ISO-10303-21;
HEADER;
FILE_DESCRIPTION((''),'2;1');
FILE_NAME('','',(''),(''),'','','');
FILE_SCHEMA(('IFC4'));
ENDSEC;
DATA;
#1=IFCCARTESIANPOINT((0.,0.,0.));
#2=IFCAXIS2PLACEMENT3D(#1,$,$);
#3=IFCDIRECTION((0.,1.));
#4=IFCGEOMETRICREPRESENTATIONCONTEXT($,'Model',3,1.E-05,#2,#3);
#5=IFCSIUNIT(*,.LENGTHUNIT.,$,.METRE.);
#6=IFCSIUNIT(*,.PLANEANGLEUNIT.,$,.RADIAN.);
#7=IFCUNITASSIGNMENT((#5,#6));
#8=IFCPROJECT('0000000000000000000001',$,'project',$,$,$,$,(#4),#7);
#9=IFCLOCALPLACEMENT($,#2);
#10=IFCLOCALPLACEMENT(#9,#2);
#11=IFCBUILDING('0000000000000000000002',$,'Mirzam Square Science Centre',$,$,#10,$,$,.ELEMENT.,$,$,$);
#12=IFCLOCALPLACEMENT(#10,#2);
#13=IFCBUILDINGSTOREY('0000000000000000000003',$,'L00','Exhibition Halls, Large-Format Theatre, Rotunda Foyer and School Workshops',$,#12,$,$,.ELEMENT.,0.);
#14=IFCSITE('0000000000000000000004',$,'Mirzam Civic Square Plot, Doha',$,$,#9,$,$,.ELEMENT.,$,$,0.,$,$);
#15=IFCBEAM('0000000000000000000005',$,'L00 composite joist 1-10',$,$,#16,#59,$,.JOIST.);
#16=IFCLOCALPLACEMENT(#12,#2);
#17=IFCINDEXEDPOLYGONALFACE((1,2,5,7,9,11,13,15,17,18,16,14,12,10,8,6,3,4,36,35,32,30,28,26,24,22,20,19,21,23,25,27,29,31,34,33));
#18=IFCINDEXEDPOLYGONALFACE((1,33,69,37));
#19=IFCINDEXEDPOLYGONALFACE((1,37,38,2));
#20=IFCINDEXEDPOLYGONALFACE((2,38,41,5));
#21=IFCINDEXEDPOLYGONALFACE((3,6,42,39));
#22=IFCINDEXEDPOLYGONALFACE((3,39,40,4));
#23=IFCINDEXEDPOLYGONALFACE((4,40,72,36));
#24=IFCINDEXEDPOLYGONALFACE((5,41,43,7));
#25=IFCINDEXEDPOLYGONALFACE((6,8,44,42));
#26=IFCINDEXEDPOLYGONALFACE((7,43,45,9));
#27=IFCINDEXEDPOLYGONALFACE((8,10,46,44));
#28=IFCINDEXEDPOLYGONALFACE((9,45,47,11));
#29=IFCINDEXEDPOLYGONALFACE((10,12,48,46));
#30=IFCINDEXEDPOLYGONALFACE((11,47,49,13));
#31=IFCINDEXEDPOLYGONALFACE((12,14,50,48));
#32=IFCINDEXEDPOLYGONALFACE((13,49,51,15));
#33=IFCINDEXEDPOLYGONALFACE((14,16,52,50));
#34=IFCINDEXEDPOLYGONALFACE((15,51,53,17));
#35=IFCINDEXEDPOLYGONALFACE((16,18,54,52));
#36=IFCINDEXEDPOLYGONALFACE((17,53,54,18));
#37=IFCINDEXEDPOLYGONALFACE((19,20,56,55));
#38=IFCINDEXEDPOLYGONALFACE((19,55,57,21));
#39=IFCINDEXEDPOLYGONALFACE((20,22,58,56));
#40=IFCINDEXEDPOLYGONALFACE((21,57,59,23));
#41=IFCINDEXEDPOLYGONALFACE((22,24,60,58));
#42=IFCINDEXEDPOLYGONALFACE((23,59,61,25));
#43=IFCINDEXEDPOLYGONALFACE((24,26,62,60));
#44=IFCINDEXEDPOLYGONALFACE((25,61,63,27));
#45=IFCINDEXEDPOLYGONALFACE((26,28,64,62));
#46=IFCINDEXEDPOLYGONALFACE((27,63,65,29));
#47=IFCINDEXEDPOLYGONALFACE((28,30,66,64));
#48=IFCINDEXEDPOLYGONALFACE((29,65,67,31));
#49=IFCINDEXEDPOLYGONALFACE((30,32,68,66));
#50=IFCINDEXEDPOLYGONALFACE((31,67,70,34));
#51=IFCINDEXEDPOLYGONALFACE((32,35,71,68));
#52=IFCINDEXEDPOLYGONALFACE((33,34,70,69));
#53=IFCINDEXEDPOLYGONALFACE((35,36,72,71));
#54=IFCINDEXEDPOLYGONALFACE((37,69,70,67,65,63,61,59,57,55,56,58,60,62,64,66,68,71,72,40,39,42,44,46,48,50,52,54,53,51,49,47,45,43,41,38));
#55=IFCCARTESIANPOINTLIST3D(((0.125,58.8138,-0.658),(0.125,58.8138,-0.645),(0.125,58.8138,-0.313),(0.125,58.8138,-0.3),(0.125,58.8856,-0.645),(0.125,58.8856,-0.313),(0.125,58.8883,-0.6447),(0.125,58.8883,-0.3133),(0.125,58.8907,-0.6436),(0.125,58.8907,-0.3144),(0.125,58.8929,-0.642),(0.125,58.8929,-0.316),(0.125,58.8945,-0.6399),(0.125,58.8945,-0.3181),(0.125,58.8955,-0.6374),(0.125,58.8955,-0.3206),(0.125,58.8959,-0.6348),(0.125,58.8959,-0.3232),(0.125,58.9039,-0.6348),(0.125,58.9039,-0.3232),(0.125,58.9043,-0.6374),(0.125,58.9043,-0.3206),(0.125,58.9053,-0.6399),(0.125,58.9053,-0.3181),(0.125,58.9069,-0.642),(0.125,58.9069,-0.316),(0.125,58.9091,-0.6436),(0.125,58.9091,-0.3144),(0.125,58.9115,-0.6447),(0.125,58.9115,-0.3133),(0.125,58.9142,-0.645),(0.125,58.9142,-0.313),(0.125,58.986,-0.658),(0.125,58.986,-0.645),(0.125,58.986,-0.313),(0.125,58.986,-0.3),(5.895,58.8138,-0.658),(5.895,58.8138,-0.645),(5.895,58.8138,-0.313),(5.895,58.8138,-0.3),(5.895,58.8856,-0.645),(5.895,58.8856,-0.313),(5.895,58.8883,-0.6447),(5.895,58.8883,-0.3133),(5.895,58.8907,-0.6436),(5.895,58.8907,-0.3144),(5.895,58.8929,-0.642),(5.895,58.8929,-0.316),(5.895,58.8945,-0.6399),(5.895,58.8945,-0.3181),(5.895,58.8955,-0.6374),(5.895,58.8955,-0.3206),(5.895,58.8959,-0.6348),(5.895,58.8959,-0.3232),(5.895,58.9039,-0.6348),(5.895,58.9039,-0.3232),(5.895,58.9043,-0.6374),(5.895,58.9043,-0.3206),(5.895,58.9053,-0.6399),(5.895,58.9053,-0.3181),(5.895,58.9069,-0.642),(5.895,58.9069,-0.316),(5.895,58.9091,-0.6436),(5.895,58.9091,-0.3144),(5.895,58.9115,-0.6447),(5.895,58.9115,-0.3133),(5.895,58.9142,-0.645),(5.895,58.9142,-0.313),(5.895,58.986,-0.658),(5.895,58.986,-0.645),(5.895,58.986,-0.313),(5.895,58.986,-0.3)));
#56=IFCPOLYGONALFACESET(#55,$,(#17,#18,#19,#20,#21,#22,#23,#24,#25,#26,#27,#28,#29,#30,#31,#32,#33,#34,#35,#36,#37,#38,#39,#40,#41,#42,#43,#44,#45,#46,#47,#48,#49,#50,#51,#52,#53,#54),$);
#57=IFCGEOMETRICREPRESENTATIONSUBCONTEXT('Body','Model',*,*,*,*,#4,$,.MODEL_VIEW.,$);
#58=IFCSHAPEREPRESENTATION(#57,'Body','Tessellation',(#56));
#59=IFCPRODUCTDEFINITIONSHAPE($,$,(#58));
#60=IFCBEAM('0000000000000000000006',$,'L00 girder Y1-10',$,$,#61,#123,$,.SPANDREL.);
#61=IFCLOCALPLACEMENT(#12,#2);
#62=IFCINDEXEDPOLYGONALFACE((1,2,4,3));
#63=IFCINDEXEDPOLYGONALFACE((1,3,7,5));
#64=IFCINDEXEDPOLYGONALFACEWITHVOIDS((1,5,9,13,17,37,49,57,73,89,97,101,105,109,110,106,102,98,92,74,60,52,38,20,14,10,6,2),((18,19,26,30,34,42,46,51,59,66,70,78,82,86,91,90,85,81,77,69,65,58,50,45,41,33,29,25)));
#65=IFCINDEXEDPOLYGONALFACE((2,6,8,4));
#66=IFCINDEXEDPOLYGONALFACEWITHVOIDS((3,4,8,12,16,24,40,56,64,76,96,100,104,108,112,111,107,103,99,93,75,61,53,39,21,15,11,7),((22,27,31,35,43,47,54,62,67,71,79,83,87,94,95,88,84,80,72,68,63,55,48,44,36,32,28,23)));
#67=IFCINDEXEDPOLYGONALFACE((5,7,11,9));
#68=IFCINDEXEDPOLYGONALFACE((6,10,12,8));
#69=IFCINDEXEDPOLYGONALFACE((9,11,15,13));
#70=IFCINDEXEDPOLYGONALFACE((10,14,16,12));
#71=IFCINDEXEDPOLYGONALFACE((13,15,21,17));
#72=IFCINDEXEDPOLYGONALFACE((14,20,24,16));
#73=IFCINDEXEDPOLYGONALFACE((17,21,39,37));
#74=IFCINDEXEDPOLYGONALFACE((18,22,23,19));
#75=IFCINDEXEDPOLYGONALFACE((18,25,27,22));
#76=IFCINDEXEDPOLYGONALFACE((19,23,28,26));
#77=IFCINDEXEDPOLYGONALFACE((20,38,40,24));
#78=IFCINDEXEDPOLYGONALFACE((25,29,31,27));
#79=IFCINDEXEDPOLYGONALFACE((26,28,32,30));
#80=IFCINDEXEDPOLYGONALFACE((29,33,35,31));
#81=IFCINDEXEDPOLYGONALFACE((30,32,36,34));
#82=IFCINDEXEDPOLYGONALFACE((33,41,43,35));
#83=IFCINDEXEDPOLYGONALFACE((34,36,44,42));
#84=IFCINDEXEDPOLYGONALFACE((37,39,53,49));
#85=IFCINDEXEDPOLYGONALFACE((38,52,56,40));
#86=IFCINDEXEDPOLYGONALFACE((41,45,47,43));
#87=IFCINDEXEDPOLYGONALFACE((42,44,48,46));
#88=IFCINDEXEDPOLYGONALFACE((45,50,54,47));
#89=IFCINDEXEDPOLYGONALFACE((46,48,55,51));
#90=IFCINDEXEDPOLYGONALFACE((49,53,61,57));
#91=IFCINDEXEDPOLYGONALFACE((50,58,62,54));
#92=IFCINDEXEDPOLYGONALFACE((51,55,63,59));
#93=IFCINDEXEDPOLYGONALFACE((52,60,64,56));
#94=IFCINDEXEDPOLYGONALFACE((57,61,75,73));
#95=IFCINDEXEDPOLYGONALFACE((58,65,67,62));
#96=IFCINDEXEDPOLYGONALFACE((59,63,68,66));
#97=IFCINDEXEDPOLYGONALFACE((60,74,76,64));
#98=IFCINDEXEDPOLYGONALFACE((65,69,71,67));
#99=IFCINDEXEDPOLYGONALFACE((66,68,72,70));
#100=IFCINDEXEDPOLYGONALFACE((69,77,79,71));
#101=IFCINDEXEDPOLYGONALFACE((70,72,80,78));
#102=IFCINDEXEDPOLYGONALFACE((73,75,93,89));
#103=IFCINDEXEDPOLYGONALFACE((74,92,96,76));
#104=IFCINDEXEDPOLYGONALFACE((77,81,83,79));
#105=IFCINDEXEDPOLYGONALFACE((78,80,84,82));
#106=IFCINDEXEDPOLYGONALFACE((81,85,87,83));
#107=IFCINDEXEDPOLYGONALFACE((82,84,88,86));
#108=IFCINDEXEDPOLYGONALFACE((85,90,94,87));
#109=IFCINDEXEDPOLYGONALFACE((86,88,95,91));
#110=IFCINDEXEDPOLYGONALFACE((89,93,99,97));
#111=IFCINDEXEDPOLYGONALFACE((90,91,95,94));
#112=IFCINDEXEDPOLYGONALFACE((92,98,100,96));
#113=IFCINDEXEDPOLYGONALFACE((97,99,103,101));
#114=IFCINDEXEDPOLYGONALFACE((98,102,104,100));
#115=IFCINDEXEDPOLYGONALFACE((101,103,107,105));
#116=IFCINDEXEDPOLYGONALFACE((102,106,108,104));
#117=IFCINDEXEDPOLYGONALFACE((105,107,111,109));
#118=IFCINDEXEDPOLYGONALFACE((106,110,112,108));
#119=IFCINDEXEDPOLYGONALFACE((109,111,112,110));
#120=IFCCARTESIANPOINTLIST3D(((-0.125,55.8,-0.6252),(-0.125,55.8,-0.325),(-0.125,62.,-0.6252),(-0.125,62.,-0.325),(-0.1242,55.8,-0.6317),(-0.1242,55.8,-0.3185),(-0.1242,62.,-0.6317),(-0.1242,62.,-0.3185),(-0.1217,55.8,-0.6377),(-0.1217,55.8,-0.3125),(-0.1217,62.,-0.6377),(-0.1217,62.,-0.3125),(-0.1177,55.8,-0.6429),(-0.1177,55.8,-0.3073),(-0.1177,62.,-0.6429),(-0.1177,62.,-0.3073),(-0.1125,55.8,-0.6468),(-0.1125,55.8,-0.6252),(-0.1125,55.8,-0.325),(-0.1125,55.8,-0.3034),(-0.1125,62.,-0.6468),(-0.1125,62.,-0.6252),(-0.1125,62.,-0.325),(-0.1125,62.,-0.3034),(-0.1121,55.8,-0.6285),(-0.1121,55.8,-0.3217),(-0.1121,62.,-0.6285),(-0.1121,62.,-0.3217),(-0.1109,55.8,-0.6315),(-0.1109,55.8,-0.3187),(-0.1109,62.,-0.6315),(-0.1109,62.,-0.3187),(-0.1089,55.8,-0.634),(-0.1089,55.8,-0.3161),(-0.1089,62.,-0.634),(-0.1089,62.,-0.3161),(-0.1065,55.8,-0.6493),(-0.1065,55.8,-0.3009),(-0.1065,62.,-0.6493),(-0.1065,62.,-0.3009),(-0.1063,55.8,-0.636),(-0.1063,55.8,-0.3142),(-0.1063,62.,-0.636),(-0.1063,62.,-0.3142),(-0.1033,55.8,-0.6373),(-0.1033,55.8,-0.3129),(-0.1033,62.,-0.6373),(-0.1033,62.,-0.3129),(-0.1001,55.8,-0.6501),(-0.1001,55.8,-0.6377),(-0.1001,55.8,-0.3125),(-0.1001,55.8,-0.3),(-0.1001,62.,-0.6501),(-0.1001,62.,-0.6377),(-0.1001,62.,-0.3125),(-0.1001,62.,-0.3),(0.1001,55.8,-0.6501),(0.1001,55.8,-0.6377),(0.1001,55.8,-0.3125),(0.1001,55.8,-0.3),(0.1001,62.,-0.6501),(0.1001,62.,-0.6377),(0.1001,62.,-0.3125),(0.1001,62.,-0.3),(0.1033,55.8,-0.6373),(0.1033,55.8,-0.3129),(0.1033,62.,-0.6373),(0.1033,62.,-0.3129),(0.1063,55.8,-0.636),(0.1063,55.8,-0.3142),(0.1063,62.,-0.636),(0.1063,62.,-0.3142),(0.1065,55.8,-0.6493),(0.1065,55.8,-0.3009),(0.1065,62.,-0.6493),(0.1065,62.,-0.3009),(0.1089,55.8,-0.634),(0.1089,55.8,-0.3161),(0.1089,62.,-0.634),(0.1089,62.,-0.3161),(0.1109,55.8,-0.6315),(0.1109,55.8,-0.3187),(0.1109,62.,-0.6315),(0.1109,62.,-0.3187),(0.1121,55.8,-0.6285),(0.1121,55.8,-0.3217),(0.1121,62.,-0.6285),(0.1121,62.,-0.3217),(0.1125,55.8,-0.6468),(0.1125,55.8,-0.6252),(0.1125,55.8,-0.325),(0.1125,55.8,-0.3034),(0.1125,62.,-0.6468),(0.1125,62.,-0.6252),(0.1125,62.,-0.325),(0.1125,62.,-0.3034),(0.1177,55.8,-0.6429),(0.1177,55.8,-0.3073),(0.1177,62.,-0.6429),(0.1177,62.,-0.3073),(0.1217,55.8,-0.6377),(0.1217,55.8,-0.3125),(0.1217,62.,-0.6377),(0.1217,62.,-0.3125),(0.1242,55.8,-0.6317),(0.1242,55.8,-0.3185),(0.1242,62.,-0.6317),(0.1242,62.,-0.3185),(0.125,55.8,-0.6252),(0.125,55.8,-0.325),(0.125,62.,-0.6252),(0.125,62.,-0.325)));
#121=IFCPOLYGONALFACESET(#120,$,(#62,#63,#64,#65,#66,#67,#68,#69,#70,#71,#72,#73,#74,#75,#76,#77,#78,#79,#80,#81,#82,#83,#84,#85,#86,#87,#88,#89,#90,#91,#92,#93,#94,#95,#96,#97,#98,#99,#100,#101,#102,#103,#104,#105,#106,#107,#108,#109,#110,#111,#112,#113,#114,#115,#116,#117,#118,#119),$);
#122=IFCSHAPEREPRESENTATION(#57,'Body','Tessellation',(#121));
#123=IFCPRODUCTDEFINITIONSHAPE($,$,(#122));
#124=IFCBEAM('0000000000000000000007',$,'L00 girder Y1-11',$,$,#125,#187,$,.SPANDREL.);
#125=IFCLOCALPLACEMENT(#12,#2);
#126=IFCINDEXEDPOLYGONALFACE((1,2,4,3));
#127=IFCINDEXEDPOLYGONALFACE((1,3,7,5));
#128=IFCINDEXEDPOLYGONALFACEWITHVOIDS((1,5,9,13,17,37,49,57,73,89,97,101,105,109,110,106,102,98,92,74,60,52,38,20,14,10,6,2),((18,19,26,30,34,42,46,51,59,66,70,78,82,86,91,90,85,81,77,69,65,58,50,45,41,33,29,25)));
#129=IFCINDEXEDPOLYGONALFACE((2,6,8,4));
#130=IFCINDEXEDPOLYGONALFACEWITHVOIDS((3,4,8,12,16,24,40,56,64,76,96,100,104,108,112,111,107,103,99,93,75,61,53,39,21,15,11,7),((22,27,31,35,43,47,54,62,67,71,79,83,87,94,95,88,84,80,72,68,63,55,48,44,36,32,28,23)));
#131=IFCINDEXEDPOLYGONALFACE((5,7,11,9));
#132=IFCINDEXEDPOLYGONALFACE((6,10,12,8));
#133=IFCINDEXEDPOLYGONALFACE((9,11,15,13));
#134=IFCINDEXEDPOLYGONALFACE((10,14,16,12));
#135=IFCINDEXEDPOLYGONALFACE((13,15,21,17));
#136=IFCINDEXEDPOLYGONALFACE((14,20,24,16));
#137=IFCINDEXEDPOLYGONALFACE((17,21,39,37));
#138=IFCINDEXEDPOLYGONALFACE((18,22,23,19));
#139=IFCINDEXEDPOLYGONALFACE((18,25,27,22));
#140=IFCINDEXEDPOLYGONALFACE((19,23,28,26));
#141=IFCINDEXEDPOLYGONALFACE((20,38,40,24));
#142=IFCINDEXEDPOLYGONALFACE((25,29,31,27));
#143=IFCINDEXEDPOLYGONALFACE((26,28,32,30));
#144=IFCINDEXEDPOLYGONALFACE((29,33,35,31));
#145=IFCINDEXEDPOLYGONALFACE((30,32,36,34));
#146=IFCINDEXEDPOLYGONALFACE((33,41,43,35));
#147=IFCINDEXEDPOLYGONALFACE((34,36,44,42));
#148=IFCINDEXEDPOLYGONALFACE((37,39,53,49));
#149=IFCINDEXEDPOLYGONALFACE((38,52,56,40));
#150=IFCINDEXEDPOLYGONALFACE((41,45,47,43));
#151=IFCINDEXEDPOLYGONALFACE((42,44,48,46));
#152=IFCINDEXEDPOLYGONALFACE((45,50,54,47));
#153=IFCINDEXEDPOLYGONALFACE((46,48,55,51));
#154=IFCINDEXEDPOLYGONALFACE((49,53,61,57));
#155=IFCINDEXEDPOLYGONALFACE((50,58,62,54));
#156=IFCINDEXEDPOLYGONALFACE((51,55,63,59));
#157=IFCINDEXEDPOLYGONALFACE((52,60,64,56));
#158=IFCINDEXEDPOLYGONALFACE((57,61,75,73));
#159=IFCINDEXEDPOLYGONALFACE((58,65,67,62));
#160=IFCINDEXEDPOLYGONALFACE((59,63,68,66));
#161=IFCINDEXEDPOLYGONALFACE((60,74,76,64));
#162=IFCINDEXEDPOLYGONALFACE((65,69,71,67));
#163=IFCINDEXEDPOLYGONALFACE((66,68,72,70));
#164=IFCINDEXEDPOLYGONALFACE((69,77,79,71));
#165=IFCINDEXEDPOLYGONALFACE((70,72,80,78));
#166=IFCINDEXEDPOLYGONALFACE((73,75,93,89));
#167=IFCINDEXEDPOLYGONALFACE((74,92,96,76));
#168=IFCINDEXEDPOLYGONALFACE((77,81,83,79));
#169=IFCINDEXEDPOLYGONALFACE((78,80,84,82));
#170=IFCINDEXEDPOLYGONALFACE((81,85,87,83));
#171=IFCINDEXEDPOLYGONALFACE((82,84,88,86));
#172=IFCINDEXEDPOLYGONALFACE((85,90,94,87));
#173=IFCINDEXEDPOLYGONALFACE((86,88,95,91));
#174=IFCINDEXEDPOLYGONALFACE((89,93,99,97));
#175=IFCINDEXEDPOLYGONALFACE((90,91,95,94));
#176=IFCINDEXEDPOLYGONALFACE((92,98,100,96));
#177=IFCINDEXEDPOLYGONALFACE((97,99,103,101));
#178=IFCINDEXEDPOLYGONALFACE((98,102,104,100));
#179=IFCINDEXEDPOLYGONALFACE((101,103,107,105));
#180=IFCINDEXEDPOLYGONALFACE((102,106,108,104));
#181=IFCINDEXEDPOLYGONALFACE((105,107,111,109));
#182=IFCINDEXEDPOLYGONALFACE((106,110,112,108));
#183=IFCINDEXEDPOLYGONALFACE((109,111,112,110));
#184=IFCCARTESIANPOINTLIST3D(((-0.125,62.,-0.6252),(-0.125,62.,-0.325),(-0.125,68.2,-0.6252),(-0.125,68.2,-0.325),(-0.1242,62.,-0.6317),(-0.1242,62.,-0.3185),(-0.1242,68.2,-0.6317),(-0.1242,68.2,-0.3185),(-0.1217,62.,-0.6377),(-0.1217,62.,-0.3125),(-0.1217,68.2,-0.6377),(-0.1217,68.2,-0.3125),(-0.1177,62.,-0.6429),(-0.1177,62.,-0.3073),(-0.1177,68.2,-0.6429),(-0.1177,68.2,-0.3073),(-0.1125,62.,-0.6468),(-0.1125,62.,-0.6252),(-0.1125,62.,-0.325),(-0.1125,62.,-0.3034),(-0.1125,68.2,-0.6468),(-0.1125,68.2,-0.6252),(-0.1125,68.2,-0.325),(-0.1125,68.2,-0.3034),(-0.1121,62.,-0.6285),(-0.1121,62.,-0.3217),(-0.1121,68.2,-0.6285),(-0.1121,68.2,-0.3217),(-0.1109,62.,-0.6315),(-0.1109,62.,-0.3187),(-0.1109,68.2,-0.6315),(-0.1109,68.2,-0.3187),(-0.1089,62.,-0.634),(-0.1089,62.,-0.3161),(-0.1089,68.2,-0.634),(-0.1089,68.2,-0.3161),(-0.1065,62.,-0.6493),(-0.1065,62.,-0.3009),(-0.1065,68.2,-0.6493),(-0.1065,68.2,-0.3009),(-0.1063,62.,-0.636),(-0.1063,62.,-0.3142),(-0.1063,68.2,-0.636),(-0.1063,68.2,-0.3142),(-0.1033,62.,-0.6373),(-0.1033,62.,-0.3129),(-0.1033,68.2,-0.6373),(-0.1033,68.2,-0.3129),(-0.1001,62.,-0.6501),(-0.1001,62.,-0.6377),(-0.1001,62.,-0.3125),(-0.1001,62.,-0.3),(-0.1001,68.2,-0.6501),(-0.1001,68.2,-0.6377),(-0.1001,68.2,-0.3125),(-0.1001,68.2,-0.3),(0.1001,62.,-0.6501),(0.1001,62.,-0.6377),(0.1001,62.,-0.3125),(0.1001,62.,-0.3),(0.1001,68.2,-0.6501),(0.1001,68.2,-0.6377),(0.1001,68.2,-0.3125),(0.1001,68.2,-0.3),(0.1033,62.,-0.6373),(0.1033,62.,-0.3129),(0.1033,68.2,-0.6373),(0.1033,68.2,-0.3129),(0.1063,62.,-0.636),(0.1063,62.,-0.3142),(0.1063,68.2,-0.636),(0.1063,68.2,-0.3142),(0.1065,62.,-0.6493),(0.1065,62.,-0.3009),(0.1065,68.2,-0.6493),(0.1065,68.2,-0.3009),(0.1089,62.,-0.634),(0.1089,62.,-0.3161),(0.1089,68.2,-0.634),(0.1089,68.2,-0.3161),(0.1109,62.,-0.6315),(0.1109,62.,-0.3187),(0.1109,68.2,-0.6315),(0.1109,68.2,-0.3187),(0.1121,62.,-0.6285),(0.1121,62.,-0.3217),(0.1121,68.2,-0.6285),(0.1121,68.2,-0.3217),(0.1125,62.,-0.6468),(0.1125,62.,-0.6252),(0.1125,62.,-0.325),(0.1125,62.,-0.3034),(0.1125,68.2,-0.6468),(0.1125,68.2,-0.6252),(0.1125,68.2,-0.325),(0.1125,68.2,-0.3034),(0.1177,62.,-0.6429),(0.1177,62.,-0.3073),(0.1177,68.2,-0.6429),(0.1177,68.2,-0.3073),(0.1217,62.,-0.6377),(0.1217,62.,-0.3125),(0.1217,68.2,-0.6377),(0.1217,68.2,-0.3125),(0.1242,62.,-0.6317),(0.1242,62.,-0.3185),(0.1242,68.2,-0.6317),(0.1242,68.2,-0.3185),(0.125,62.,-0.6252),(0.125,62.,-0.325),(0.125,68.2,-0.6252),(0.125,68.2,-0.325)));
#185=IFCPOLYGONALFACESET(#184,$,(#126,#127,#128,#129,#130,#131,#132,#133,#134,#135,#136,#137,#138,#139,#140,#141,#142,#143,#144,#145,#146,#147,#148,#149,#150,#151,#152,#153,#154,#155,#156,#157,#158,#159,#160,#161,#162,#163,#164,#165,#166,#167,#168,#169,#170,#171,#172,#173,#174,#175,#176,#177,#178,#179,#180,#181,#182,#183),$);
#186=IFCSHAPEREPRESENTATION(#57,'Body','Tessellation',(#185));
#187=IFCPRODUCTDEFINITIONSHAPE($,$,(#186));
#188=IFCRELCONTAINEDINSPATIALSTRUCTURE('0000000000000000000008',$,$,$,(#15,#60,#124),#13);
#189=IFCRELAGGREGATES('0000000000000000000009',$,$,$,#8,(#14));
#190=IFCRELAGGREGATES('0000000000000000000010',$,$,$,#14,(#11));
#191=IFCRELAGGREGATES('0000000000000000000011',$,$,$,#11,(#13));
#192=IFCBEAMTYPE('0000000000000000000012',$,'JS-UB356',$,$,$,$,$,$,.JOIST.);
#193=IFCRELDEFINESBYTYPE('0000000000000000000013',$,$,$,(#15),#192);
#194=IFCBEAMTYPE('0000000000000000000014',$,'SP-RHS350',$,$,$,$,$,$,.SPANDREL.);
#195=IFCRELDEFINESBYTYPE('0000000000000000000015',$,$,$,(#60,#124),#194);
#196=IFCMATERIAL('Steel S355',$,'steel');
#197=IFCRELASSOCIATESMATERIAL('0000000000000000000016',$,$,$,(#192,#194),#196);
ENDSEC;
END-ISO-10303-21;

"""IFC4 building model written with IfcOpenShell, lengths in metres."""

from ifc_helpers import new_model, si_unit, direction, frame, origin, origin_2d, place, context, subcontext, project, spatial, hollow_rectangle, i_section, extrude, material, material_profile, profile_set, type_object, element, save


model = new_model("IFC4")

# Units and contexts
model_context = context("Model", 3, precision=1e-05, world=origin(), true_north=direction((0.0, 1.0)))
body_context = subcontext(model_context, "Body", "Model", "MODEL_VIEW")
ifc_project = project(units=[si_unit("LENGTHUNIT", "METRE"), si_unit("PLANEANGLEUNIT", "RADIAN")], contexts=[model_context])

# Site, building, storey
site_placement = place(None, origin())
site = spatial("IfcSite", under=ifc_project, at=site_placement, Name="Mirzam Civic Square Plot, Doha", CompositionType="ELEMENT", RefElevation=0.0)
building_placement = place(site_placement, origin())
building = spatial("IfcBuilding", under=site, at=building_placement, Name="Mirzam Square Science Centre", CompositionType="ELEMENT")
storey_placement = place(building_placement, origin())
storey = spatial("IfcBuildingStorey", under=building, at=storey_placement, Name="L00", Description="Exhibition Halls, Large-Format Theatre, Rotunda Foyer and School Workshops", CompositionType="ELEMENT", Elevation=0.0)

# Shared definitions
ifc_material_1 = material(Name="Steel S355", Category="steel")

# Beams
ifc_material_profile_1 = material_profile(ifc_material_1, i_section(OverallWidth=0.1721, OverallDepth=0.3579, WebThickness=0.0081, FlangeThickness=0.0129, FilletRadius=0.0103, at=origin_2d()), Name="356x171x57UB")
ifc_profile_set_1 = profile_set([ifc_material_profile_1], Name="Steel S355")
beam_type_1 = type_object("IfcBeamType", Name="JS-UB356", PredefinedType="JOIST", material=ifc_profile_set_1)
beam_1_placement = place(storey_placement, frame((0.125, 58.8999, -0.479), z_axis=(1.0, 0.0, 0.0), x_axis=(0.0, 1.0, 0.0)))
element("IfcBeam", 1, at=beam_1_placement, inside=storey, type_object=beam_type_1, Name="L00 composite joist 1-10", PredefinedType="JOIST", context=body_context, shape_type="SweptSolid", body=[
    extrude(i_section(OverallWidth=0.1721, OverallDepth=0.3579, WebThickness=0.0081, FlangeThickness=0.0129, FilletRadius=0.0103, at=origin_2d()), origin(), (0.0, 0.0, 1.0), 5.77),
])
ifc_material_profile_2 = material_profile(ifc_material_1, hollow_rectangle(XDim=0.25, YDim=0.3501, WallThickness=0.0125, InnerFilletRadius=0.0125, OuterFilletRadius=0.0249, at=origin_2d()), Name="350x250x12.5RHS")
ifc_profile_set_2 = profile_set([ifc_material_profile_2], Name="Steel S355")
beam_type_2 = type_object("IfcBeamType", Name="SP-RHS350", PredefinedType="SPANDREL", material=ifc_profile_set_2)
for number, where, z_axis, x_axis, name in (
    (2, (0.0, 55.8, -0.4751), (0.0, 1.0, 0.0), (-1.0, 0.0, 0.0), "L00 girder Y1-10"),
    (3, (0.0, 62.0, -0.4751), (0.0, 1.0, 0.0), (-1.0, 0.0, 0.0), "L00 girder Y1-11"),
):
    element("IfcBeam", number, at=place(storey_placement, frame(where, z_axis=z_axis, x_axis=x_axis)), inside=storey, type_object=beam_type_2, Name=name, PredefinedType="SPANDREL", context=body_context, shape_type="SweptSolid", body=[
        extrude(hollow_rectangle(XDim=0.25, YDim=0.3501, WallThickness=0.0125, InnerFilletRadius=0.0125, OuterFilletRadius=0.0249, at=origin_2d()), origin(), (0.0, 0.0, 1.0), 6.2),
    ])

save(model, "model.ifc")
